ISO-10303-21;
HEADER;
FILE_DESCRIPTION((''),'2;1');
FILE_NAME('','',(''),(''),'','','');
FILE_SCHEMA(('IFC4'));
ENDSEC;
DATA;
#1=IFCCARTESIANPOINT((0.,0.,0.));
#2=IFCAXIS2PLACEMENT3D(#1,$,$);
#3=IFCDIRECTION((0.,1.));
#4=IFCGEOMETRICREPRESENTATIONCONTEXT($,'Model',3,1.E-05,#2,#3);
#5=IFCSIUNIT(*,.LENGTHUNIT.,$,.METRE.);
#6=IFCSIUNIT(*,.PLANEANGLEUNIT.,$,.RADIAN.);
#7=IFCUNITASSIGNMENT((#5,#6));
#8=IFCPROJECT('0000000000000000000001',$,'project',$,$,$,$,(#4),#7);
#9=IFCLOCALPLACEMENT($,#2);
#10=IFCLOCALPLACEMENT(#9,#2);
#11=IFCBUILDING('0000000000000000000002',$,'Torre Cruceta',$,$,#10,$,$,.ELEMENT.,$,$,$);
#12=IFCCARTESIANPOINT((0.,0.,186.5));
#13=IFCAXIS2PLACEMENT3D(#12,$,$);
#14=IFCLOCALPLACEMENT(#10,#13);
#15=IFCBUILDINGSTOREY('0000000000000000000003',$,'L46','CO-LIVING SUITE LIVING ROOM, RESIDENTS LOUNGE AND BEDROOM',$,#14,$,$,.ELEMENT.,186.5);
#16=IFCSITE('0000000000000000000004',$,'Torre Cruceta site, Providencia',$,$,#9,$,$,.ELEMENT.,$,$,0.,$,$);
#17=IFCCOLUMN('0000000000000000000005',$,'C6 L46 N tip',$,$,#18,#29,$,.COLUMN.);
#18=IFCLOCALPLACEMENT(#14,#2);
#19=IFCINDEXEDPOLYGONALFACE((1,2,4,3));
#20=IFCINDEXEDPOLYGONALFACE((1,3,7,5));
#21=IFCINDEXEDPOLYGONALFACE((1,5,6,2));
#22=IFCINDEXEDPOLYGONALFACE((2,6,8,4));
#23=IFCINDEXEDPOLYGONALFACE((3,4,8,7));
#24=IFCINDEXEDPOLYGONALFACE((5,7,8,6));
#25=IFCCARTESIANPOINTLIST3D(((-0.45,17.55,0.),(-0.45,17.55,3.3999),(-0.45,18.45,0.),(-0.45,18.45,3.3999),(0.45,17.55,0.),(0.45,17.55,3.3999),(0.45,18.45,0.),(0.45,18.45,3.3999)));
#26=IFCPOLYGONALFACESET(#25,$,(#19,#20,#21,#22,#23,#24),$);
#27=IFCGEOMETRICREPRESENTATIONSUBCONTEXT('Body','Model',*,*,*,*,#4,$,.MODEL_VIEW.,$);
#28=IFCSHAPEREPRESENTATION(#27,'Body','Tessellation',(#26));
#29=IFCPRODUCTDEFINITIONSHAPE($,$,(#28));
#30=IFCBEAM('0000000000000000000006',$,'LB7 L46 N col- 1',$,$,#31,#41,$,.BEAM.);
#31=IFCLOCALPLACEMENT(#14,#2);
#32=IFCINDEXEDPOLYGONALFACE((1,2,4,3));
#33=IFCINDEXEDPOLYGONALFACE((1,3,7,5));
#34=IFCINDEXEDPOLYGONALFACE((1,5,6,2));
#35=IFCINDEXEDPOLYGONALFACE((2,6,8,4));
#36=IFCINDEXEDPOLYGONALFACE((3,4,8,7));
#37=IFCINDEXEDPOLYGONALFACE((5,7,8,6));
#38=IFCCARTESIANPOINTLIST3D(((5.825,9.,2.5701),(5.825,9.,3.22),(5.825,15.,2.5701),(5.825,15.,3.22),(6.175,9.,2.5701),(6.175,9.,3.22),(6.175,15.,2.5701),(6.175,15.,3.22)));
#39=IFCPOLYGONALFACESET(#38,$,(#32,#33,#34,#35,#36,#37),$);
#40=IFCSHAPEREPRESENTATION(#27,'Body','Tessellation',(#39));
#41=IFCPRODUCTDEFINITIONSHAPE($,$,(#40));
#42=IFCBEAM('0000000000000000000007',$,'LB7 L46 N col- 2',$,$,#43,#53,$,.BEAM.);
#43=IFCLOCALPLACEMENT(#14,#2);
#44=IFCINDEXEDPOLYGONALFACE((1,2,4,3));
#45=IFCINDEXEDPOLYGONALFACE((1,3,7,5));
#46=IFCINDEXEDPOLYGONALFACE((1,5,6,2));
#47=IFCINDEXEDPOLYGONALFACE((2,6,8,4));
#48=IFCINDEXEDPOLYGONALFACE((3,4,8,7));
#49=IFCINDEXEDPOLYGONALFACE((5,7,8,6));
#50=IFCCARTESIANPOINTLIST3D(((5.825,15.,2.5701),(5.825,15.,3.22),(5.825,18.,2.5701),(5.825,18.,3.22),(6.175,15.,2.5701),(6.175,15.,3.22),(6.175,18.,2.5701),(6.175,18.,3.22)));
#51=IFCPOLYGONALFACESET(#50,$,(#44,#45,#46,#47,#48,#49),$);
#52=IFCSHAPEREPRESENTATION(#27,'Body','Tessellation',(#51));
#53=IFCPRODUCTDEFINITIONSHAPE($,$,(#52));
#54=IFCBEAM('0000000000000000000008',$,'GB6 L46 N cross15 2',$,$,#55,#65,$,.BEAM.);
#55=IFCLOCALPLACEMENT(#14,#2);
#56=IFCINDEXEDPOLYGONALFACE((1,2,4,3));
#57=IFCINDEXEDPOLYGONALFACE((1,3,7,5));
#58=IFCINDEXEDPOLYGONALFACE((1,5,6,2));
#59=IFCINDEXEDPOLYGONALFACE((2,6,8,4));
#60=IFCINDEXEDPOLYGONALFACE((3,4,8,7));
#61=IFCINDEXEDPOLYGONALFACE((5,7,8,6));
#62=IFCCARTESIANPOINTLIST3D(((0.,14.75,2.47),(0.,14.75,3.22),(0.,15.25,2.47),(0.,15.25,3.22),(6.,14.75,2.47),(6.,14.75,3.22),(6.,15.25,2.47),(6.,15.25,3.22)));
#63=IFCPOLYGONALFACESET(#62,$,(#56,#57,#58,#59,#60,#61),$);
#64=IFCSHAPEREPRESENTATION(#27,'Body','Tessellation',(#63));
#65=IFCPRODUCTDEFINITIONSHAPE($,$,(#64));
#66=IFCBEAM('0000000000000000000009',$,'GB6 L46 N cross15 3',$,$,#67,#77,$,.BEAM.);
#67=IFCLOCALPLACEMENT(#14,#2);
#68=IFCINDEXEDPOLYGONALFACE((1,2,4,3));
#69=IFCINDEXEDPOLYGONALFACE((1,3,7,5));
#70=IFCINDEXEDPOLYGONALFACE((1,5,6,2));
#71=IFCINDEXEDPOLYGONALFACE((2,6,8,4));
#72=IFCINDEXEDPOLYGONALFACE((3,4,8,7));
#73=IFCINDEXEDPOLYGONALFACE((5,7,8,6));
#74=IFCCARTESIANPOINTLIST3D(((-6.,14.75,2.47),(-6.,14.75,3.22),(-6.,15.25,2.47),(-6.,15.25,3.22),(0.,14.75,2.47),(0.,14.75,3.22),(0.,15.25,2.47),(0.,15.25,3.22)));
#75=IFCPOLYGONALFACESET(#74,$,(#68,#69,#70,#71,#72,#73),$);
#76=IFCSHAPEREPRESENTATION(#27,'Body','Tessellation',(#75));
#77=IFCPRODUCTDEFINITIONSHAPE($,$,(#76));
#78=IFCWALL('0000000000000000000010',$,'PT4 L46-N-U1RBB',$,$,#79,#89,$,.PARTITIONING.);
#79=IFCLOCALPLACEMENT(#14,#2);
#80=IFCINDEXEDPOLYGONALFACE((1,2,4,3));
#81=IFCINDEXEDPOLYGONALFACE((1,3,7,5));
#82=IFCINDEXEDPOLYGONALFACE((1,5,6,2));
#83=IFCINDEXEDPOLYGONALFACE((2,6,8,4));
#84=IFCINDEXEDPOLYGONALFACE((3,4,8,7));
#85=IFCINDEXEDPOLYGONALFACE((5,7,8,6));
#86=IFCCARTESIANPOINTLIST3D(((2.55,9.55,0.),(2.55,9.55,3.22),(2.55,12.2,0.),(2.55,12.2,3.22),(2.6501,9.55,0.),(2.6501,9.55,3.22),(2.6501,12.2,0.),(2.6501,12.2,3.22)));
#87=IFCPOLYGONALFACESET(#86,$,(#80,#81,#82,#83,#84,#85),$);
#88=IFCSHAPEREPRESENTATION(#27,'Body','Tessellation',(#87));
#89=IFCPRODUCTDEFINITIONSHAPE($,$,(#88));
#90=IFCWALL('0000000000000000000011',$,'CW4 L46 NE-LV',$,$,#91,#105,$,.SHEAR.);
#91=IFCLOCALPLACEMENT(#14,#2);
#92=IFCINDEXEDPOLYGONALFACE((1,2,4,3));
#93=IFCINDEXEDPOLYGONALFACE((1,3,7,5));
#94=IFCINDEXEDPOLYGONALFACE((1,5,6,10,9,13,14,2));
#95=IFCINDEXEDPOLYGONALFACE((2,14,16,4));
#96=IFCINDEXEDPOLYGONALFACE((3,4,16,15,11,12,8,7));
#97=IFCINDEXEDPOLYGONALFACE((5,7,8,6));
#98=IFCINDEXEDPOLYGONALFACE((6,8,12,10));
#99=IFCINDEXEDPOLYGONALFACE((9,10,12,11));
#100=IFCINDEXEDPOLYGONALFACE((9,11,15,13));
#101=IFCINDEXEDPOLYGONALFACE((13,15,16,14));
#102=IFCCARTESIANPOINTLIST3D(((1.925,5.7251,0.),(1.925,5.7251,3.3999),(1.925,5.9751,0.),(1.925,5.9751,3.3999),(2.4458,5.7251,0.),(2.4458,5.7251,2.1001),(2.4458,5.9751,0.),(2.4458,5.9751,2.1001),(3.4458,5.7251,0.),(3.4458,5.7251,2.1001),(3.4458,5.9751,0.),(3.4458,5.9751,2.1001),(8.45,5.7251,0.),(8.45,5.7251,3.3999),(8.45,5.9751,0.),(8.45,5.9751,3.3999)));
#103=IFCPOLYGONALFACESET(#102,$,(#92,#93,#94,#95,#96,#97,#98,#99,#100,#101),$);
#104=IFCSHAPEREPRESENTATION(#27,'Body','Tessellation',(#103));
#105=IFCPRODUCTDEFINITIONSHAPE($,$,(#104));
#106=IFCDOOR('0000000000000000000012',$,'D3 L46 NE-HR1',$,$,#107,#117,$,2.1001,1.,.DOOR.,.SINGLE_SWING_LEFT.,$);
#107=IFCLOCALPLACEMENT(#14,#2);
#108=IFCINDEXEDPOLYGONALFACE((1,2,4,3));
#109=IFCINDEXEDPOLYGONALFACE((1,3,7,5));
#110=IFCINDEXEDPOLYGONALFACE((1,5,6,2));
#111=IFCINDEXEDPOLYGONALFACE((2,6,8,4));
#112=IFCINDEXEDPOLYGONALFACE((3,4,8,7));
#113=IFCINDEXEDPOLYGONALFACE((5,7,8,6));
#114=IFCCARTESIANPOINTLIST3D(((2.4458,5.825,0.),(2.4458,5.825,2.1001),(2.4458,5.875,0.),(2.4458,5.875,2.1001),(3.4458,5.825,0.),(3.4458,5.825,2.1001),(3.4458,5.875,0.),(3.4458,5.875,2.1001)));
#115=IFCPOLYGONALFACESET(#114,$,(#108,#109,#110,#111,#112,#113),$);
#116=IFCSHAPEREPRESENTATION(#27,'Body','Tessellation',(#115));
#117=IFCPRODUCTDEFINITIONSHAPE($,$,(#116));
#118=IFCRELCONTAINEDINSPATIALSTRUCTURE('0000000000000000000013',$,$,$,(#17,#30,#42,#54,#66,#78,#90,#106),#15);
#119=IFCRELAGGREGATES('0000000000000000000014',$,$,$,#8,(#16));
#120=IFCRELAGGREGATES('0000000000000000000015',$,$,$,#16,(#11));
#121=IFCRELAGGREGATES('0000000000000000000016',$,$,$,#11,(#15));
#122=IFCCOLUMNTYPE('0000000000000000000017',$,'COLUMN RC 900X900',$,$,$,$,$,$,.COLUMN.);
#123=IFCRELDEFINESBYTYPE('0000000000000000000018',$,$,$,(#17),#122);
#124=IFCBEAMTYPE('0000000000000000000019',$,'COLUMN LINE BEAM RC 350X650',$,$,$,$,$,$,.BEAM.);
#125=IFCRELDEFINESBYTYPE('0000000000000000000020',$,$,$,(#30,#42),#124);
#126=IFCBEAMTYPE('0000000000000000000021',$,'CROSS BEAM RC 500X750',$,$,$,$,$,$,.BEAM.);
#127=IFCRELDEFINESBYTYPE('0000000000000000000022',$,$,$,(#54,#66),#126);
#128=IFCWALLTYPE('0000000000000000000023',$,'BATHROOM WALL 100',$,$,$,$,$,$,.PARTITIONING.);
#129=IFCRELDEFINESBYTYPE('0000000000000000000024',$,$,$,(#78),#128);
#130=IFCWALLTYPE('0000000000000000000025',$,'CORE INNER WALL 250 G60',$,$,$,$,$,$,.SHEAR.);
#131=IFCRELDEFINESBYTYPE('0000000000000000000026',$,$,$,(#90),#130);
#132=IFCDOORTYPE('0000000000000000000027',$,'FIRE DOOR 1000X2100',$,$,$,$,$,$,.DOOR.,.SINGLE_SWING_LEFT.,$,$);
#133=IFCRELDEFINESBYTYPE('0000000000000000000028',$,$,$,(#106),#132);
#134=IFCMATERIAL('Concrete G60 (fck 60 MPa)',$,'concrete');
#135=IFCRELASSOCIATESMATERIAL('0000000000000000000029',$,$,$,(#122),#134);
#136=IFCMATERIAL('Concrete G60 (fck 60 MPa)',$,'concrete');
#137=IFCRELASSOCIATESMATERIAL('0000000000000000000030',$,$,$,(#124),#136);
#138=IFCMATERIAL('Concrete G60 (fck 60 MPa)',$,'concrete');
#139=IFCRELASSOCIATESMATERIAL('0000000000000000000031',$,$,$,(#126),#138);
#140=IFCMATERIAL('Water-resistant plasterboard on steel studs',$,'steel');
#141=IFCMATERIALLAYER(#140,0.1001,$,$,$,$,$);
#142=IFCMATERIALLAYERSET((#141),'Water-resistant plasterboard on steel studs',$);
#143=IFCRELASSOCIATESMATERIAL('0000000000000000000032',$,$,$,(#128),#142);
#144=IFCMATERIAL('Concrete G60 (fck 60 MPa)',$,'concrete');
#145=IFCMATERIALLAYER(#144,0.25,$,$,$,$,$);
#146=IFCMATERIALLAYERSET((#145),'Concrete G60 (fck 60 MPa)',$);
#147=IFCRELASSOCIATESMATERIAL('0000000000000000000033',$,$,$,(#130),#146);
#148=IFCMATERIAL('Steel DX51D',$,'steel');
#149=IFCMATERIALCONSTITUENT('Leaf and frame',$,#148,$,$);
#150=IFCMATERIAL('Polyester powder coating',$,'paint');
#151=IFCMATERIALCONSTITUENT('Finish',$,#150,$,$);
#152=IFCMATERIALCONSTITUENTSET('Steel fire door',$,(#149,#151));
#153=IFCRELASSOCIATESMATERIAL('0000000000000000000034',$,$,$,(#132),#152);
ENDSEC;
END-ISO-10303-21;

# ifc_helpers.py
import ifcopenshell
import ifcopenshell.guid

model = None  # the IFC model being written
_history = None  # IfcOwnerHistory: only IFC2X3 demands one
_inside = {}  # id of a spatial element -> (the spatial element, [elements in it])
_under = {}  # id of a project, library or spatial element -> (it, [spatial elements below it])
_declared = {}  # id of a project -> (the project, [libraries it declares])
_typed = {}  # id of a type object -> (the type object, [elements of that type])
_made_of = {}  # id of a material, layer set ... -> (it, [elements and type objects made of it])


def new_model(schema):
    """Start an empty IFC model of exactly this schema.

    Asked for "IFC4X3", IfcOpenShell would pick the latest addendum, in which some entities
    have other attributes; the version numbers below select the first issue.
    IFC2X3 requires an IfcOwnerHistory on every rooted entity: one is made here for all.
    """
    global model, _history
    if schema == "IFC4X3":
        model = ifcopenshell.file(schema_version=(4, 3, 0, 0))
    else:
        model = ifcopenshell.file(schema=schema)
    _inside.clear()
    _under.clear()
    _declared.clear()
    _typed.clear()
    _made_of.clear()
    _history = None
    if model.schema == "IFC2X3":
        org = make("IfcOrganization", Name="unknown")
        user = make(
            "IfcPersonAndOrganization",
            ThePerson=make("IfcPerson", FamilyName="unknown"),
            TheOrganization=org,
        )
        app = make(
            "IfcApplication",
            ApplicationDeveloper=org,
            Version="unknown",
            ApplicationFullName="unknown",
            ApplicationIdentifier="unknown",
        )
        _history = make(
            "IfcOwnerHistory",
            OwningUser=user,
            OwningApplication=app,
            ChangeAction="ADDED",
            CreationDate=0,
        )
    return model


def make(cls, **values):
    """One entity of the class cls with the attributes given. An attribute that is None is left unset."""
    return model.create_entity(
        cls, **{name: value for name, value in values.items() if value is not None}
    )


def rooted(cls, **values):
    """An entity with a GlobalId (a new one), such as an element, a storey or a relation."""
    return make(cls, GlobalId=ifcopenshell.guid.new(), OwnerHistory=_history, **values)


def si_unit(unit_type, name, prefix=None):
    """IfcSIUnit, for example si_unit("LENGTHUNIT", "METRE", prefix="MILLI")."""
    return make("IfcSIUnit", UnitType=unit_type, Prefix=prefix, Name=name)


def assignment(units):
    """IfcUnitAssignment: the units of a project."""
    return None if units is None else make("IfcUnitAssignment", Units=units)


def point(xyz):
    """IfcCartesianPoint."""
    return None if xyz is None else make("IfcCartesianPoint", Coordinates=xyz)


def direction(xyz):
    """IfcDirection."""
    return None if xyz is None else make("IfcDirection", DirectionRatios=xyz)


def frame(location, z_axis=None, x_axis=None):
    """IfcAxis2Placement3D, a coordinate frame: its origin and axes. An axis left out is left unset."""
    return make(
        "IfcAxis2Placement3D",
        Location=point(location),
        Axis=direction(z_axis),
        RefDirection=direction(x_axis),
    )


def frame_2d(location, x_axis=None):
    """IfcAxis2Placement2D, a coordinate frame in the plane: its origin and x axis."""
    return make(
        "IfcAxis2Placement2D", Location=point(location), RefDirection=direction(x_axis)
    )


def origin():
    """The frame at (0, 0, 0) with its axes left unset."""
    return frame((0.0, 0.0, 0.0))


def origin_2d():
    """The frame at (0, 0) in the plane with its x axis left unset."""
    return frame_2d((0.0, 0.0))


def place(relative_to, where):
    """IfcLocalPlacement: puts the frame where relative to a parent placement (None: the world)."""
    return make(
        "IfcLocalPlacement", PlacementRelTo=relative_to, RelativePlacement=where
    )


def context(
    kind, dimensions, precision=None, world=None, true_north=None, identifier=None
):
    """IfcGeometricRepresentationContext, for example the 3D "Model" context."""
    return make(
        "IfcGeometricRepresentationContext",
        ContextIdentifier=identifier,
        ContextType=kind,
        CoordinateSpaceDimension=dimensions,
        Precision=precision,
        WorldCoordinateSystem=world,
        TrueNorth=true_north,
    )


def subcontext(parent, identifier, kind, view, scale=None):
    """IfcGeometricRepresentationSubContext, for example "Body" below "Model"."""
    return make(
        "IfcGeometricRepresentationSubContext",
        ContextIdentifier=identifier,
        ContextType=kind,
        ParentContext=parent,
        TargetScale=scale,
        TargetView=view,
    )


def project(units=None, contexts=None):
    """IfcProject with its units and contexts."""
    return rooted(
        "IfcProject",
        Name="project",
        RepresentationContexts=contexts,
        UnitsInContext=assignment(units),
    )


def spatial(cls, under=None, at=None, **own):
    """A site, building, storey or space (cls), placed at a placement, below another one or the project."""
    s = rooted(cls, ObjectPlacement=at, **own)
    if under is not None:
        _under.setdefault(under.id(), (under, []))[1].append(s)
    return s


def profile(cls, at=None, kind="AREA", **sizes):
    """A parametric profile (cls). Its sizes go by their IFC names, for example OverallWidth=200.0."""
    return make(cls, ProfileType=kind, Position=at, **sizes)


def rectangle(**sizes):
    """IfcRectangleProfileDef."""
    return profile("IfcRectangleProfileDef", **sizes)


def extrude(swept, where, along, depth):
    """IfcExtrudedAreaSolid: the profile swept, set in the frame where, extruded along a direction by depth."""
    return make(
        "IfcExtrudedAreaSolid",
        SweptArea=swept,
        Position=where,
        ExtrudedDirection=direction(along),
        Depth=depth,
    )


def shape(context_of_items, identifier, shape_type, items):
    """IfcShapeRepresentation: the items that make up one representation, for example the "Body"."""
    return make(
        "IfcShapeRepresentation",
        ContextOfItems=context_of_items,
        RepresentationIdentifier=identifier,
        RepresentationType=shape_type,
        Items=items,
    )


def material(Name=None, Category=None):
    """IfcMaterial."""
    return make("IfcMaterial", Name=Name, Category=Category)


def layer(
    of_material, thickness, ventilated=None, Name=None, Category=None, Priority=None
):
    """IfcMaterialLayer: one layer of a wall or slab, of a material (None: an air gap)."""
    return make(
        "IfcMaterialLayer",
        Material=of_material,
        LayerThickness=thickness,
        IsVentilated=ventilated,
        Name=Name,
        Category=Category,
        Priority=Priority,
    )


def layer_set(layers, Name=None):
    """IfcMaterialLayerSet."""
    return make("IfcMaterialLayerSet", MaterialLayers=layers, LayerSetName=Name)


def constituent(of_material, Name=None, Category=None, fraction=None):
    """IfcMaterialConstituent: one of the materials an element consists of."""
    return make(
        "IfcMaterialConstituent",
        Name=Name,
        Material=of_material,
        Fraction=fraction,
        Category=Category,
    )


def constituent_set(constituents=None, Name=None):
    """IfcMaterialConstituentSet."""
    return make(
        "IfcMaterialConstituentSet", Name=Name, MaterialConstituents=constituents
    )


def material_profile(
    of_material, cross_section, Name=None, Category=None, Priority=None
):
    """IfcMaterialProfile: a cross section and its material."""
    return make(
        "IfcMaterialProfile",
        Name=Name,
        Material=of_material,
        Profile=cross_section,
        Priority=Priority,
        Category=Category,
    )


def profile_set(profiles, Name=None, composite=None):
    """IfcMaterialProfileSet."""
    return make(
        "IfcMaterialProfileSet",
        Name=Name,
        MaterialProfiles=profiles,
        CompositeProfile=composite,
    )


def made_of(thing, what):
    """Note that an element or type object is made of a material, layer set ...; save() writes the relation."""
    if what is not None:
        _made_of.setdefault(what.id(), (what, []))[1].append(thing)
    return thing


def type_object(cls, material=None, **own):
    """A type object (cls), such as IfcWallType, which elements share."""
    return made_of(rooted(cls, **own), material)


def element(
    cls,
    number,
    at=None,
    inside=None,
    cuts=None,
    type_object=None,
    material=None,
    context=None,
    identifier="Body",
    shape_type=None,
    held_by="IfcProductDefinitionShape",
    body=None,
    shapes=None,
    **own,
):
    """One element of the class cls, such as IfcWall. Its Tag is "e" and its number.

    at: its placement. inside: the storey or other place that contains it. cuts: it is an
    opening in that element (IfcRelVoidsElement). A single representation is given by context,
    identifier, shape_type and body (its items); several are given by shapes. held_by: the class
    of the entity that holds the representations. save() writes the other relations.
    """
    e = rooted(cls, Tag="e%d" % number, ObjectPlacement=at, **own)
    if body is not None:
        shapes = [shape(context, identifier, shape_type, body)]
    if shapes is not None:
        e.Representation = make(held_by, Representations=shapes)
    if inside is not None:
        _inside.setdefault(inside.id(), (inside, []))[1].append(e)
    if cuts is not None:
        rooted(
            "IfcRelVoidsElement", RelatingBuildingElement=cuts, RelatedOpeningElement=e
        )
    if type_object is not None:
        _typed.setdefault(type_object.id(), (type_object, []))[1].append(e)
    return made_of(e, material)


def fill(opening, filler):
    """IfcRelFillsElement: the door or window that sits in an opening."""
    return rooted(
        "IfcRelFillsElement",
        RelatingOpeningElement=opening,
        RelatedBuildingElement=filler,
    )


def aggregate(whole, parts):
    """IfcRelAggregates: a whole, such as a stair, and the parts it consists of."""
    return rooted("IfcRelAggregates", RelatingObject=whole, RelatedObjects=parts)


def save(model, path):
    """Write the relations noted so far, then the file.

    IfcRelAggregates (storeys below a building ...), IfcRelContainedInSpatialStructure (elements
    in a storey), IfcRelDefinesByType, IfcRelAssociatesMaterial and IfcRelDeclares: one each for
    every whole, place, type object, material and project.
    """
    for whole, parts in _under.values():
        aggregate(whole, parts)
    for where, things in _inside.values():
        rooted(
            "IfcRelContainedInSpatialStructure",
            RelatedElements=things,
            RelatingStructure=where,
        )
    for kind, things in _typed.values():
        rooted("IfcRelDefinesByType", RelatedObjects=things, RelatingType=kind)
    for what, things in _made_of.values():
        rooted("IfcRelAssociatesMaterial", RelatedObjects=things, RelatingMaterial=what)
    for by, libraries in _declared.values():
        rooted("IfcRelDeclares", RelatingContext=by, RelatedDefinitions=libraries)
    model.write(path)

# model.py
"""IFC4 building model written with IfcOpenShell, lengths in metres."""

from ifc_helpers import new_model, si_unit, direction, frame, frame_2d, origin, origin_2d, place, context, subcontext, project, spatial, rectangle, extrude, material, layer, layer_set, constituent, constituent_set, material_profile, profile_set, type_object, element, fill, save


model = new_model("IFC4")

# Units and contexts
model_context = context("Model", 3, precision=1e-05, world=origin(), true_north=direction((0.0, 1.0)))
body_context = subcontext(model_context, "Body", "Model", "MODEL_VIEW")
ifc_project = project(units=[si_unit("LENGTHUNIT", "METRE"), si_unit("PLANEANGLEUNIT", "RADIAN")], contexts=[model_context])

# Site, building, storey
site_placement = place(None, origin())
site = spatial("IfcSite", under=ifc_project, at=site_placement, Name="Torre Cruceta site, Providencia", CompositionType="ELEMENT", RefElevation=0.0)
building_placement = place(site_placement, origin())
building = spatial("IfcBuilding", under=site, at=building_placement, Name="Torre Cruceta", CompositionType="ELEMENT")
storey_placement = place(building_placement, frame((0.0, 0.0, 186.5)))
storey = spatial("IfcBuildingStorey", under=building, at=storey_placement, Name="L46", Description="CO-LIVING SUITE LIVING ROOM, RESIDENTS LOUNGE AND BEDROOM", CompositionType="ELEMENT", Elevation=186.5)

# Column
ifc_material_1 = material(Name="Concrete G60 (fck 60 MPa)", Category="concrete")
ifc_material_profile_1 = material_profile(ifc_material_1, rectangle(XDim=0.8999, YDim=0.8999, at=origin_2d()), Name="RC 900X900")
ifc_profile_set_1 = profile_set([ifc_material_profile_1], Name="Concrete G60 (fck 60 MPa)")
column_type = type_object("IfcColumnType", Name="COLUMN RC 900X900", PredefinedType="COLUMN", material=ifc_profile_set_1)
column_placement = place(storey_placement, frame((0.0, 18.0, 0.0), z_axis=(0.0, 0.0, 1.0), x_axis=(1.0, 0.0, 0.0)))
element("IfcColumn", 1, at=column_placement, inside=storey, type_object=column_type, Name="C6 L46 N tip", PredefinedType="COLUMN", context=body_context, shape_type="SweptSolid", body=[
    extrude(rectangle(XDim=0.8999, YDim=0.8999, at=origin_2d()), origin(), (0.0, 0.0, 1.0), 3.3999),
])

# Beams
ifc_material_2 = material(Name="Concrete G60 (fck 60 MPa)", Category="concrete")
ifc_material_profile_2 = material_profile(ifc_material_2, rectangle(XDim=0.3501, YDim=0.6499, at=origin_2d()), Name="RC 350X650")
ifc_profile_set_2 = profile_set([ifc_material_profile_2], Name="Concrete G60 (fck 60 MPa)")
beam_type_1 = type_object("IfcBeamType", Name="COLUMN LINE BEAM RC 350X650", PredefinedType="BEAM", material=ifc_profile_set_2)
beam_1_placement = place(storey_placement, frame((6.0, 9.0, 2.895), z_axis=(0.0, 1.0, 0.0), x_axis=(-1.0, 0.0, 0.0)))
element("IfcBeam", 2, at=beam_1_placement, inside=storey, type_object=beam_type_1, Name="LB7 L46 N col- 1", PredefinedType="BEAM", context=body_context, shape_type="SweptSolid", body=[
    extrude(rectangle(XDim=0.3501, YDim=0.6499, at=origin_2d()), origin(), (0.0, 0.0, 1.0), 6.0),
])
beam_2_placement = place(storey_placement, frame((6.0, 15.0, 2.895), z_axis=(0.0, 1.0, 0.0), x_axis=(-1.0, 0.0, 0.0)))
element("IfcBeam", 3, at=beam_2_placement, inside=storey, type_object=beam_type_1, Name="LB7 L46 N col- 2", PredefinedType="BEAM", context=body_context, shape_type="SweptSolid", body=[
    extrude(rectangle(XDim=0.3501, YDim=0.6499, at=origin_2d()), origin(), (0.0, 0.0, 1.0), 3.0),
])
ifc_material_3 = material(Name="Concrete G60 (fck 60 MPa)", Category="concrete")
ifc_material_profile_3 = material_profile(ifc_material_3, rectangle(XDim=0.5, YDim=0.75, at=origin_2d()), Name="RC 500X750")
ifc_profile_set_3 = profile_set([ifc_material_profile_3], Name="Concrete G60 (fck 60 MPa)")
beam_type_2 = type_object("IfcBeamType", Name="CROSS BEAM RC 500X750", PredefinedType="BEAM", material=ifc_profile_set_3)
for number, where, z_axis, x_axis, name in (
    (4, (6.0, 15.0, 2.845), (-1.0, 0.0, 0.0), (0.0, -1.0, 0.0), "GB6 L46 N cross15 2"),
    (5, (0.0, 15.0, 2.845), (-1.0, 0.0, 0.0), (0.0, -1.0, 0.0), "GB6 L46 N cross15 3"),
):
    element("IfcBeam", number, at=place(storey_placement, frame(where, z_axis=z_axis, x_axis=x_axis)), inside=storey, type_object=beam_type_2, Name=name, PredefinedType="BEAM", context=body_context, shape_type="SweptSolid", body=[
        extrude(rectangle(XDim=0.5, YDim=0.75, at=origin_2d()), origin(), (0.0, 0.0, 1.0), 6.0),
    ])

# Wall
ifc_material_4 = material(Name="Water-resistant plasterboard on steel studs", Category="steel")
ifc_layer_1 = layer(ifc_material_4, 0.1001)
ifc_layer_set_1 = layer_set([ifc_layer_1], Name="Water-resistant plasterboard on steel studs")
wall_type_1 = type_object("IfcWallType", Name="BATHROOM WALL 100", PredefinedType="PARTITIONING", material=ifc_layer_set_1)
wall_1_placement = place(storey_placement, frame((2.6001, 9.55, 0.0), z_axis=(0.0, 0.0, 1.0), x_axis=(0.0, 1.0, 0.0)))
element("IfcWall", 6, at=wall_1_placement, inside=storey, type_object=wall_type_1, Name="PT4 L46-N-U1RBB", PredefinedType="PARTITIONING", context=body_context, shape_type="SweptSolid", body=[
    extrude(rectangle(XDim=2.6499, YDim=0.1001, at=frame_2d((1.325, 0.0))), origin(), (0.0, 0.0, 1.0), 3.22),
])

# Wall, opening, door
ifc_material_5 = material(Name="Concrete G60 (fck 60 MPa)", Category="concrete")
ifc_layer_2 = layer(ifc_material_5, 0.25)
ifc_layer_set_2 = layer_set([ifc_layer_2], Name="Concrete G60 (fck 60 MPa)")
wall_type_2 = type_object("IfcWallType", Name="CORE INNER WALL 250 G60", PredefinedType="SHEAR", material=ifc_layer_set_2)
wall_2_placement = place(storey_placement, frame((1.925, 5.8501, 0.0), z_axis=(0.0, 0.0, 1.0), x_axis=(1.0, 0.0, 0.0)))
wall_2 = element("IfcWall", 7, at=wall_2_placement, inside=storey, type_object=wall_type_2, Name="CW4 L46 NE-LV", PredefinedType="SHEAR", context=body_context, shape_type="SweptSolid", body=[
    extrude(rectangle(XDim=6.5249, YDim=0.25, at=frame_2d((3.2625, 0.0))), origin(), (0.0, 0.0, 1.0), 3.3999),
])
opening_1_placement = place(wall_2_placement, frame((0.5208, 0.0, 0.0)))
opening_1 = element("IfcOpeningElement", 8, at=opening_1_placement, cuts=wall_2, PredefinedType="OPENING", context=body_context, shape_type="SweptSolid", body=[
    extrude(rectangle(XDim=1.0, YDim=2.1001, at=frame_2d((0.5, 1.05))), frame((0.0, 0.135, 0.0), z_axis=(0.0, -1.0, 0.0), x_axis=(1.0, 0.0, 0.0)), (0.0, 0.0, 1.0), 0.27),
])
ifc_material_6 = material(Name="Steel DX51D", Category="steel")
ifc_constituent_1 = constituent(ifc_material_6, Name="Leaf and frame")
ifc_material_7 = material(Name="Polyester powder coating", Category="paint")
ifc_constituent_2 = constituent(ifc_material_7, Name="Finish")
ifc_constituent_set_1 = constituent_set(constituents=[ifc_constituent_1, ifc_constituent_2], Name="Steel fire door")
door_type_1 = type_object("IfcDoorType", Name="FIRE DOOR 1000X2100", OperationType="SINGLE_SWING_LEFT", PredefinedType="DOOR", material=ifc_constituent_set_1)
door_1_placement = place(opening_1_placement, origin())
door_1 = element("IfcDoor", 9, at=door_1_placement, inside=storey, type_object=door_type_1, Name="D3 L46 NE-HR1", OperationType="SINGLE_SWING_LEFT", OverallHeight=2.1001, OverallWidth=1.0, PredefinedType="DOOR", context=body_context, shape_type="SweptSolid", body=[
    extrude(rectangle(XDim=1.0, YDim=2.1001, at=frame_2d((0.5, 1.05))), frame((0.0, 0.0249, 0.0), z_axis=(0.0, -1.0, 0.0), x_axis=(1.0, 0.0, 0.0)), (0.0, 0.0, 1.0), 0.05),
])
fill(opening_1, door_1)

save(model, "model.ifc")
